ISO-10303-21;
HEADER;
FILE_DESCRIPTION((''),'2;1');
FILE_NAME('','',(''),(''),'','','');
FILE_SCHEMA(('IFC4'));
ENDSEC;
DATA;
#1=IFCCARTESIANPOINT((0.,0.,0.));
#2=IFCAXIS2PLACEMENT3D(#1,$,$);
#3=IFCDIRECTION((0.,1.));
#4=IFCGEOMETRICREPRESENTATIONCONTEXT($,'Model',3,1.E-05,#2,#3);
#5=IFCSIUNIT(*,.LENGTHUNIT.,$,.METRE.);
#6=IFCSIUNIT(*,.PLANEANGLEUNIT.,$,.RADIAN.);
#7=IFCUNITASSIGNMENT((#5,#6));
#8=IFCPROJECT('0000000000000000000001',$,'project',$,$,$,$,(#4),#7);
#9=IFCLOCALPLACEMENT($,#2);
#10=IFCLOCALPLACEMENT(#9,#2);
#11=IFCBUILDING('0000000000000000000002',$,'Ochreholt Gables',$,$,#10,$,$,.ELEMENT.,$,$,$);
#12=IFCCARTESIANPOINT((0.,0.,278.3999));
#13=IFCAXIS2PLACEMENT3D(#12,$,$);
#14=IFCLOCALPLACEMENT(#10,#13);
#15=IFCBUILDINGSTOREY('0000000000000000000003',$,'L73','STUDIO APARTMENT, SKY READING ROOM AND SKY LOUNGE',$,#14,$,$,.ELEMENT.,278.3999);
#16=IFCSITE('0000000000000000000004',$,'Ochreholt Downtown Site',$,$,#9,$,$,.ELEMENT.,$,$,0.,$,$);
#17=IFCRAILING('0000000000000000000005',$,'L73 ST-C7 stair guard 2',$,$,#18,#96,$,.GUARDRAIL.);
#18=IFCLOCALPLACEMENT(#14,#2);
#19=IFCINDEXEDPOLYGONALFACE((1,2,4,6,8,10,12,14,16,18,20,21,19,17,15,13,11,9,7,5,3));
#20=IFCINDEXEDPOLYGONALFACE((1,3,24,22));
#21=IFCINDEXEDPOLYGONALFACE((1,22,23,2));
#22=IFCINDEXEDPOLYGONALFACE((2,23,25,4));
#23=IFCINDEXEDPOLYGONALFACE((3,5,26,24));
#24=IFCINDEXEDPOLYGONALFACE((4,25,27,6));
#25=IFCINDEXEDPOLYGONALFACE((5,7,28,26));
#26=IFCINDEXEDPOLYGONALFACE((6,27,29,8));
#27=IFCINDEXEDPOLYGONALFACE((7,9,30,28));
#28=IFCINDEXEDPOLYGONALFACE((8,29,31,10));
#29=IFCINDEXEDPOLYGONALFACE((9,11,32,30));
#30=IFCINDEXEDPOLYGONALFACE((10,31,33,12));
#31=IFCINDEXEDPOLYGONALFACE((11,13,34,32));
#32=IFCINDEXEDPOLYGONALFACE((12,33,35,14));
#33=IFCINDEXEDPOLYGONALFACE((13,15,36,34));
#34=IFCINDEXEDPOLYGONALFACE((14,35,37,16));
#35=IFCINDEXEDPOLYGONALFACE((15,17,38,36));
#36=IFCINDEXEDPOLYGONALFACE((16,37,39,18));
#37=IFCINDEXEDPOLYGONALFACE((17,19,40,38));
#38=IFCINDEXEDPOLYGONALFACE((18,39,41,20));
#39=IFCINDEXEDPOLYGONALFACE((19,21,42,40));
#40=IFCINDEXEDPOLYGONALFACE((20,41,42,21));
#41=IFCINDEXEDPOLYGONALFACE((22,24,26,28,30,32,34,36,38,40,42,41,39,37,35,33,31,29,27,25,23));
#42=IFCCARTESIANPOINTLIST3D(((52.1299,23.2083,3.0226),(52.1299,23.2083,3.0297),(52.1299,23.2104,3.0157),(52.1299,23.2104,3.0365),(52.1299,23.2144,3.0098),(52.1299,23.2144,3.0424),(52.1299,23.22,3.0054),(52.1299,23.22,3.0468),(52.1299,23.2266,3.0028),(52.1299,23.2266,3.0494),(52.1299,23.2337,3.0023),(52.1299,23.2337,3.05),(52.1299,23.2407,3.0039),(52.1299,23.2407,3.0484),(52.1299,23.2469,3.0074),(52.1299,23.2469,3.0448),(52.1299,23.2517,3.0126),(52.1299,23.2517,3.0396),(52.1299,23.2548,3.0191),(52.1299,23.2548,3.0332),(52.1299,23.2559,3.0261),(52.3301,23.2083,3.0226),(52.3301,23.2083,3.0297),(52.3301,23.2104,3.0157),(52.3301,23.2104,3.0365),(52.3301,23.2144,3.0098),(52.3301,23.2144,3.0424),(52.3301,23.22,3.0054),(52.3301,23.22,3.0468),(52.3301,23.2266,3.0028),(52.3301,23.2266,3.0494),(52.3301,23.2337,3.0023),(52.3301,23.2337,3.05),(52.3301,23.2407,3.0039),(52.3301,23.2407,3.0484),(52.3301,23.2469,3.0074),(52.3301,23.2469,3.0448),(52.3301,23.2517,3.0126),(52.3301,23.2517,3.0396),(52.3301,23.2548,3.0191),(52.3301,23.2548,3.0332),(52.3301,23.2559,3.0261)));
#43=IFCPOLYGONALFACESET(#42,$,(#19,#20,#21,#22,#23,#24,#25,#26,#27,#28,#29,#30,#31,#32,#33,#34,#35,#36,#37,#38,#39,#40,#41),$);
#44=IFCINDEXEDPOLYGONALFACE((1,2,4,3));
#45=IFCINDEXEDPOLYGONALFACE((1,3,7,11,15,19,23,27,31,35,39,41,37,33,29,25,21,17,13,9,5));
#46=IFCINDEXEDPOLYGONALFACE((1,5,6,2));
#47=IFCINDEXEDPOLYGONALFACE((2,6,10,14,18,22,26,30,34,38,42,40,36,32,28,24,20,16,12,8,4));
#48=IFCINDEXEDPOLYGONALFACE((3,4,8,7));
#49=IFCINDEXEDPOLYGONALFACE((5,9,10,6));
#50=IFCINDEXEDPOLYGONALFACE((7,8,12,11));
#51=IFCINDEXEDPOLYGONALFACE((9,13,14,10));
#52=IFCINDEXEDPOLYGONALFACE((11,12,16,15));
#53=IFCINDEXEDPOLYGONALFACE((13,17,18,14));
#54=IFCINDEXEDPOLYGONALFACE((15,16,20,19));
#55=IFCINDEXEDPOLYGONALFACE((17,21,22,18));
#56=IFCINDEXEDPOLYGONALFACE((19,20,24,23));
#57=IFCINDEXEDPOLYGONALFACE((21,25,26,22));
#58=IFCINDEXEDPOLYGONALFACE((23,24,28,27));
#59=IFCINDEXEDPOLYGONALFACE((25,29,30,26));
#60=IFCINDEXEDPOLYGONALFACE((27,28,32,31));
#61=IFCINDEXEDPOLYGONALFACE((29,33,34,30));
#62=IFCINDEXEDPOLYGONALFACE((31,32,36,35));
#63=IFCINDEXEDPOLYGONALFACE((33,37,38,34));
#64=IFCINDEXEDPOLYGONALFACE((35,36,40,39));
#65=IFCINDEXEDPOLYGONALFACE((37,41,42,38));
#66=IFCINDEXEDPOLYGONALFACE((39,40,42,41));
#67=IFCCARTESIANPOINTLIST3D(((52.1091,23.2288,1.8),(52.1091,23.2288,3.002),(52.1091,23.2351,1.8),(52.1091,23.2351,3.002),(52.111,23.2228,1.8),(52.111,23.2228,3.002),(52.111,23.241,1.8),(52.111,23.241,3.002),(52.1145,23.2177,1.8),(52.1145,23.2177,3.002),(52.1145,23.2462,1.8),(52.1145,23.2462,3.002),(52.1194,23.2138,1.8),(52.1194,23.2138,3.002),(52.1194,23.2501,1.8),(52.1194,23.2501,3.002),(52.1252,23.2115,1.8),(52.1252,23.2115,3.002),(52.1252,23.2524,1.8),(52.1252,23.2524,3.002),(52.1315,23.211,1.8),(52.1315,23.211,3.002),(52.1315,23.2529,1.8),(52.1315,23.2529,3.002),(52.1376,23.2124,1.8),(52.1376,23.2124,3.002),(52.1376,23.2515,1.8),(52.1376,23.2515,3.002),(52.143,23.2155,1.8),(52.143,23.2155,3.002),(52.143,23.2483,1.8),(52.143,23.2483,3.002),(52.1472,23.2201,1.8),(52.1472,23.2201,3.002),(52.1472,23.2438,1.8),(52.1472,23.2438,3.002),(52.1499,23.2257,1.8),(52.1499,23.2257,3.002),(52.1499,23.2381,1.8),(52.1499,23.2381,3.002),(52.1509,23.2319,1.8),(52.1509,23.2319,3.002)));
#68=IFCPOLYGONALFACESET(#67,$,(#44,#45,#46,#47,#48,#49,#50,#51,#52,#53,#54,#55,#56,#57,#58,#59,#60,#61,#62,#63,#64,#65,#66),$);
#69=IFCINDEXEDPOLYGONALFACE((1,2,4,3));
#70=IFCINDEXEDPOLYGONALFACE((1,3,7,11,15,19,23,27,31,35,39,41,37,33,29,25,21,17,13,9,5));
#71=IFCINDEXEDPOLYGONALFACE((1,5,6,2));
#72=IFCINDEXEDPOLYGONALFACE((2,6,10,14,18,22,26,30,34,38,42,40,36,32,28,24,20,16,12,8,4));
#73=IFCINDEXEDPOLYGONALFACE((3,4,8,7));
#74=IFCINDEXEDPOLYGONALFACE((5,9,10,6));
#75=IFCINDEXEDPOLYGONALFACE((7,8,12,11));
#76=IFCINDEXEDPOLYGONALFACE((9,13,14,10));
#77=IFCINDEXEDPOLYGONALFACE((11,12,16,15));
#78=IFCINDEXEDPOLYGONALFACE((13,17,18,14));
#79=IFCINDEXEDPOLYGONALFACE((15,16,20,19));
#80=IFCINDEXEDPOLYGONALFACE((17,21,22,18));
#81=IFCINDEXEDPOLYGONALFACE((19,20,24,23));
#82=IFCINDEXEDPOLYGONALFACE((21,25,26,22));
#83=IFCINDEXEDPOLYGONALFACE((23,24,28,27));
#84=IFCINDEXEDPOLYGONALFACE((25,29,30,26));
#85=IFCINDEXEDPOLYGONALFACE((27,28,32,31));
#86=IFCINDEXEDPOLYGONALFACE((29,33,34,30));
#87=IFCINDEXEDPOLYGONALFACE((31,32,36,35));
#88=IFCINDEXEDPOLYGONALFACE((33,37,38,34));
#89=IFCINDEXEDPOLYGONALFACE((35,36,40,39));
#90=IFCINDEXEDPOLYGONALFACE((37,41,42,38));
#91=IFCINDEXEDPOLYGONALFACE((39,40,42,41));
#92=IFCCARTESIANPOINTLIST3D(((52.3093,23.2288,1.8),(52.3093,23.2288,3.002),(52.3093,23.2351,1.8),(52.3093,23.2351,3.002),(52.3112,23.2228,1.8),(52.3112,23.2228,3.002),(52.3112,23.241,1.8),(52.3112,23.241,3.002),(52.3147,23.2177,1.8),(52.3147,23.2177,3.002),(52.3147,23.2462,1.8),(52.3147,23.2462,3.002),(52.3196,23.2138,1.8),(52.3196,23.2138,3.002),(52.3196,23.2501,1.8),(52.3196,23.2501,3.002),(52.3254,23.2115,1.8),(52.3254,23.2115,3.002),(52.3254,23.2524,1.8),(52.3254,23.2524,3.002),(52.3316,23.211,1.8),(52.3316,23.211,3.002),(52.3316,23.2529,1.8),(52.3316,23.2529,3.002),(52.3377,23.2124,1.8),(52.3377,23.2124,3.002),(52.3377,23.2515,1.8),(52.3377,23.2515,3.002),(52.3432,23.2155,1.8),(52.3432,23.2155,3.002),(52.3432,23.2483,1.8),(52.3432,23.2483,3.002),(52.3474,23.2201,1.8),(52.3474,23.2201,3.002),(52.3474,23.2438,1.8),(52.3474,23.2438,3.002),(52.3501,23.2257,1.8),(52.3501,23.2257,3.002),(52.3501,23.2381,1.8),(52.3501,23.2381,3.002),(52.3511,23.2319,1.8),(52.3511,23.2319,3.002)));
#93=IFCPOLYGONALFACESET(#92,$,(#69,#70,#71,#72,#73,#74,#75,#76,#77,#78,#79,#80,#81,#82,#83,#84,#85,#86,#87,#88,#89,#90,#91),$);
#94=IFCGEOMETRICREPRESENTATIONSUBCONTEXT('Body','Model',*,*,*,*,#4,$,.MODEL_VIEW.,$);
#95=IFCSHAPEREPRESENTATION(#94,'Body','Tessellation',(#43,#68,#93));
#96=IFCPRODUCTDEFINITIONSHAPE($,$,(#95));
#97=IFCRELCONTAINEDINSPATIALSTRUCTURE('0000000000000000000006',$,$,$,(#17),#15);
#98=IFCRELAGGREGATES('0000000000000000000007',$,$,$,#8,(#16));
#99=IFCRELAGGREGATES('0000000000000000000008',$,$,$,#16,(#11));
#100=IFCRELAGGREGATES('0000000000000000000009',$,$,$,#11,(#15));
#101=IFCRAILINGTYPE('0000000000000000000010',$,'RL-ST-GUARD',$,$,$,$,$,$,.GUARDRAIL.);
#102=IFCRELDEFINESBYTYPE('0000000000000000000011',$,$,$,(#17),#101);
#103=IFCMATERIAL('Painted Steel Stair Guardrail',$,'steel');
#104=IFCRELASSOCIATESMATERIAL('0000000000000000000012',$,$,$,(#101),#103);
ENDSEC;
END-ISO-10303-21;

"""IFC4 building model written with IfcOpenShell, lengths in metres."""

from ifc_helpers import new_model, si_unit, direction, frame, origin, origin_2d, place, context, subcontext, project, spatial, circle, extrude, material, type_object, element, save


model = new_model("IFC4")

# Units and contexts
model_context = context("Model", 3, precision=1e-05, world=origin(), true_north=direction((0.0, 1.0)))
body_context = subcontext(model_context, "Body", "Model", "MODEL_VIEW")
ifc_project = project(units=[si_unit("LENGTHUNIT", "METRE"), si_unit("PLANEANGLEUNIT", "RADIAN")], contexts=[model_context])

# Site, building, storey
site_placement = place(None, origin())
site = spatial("IfcSite", under=ifc_project, at=site_placement, Name="Ochreholt Downtown Site", CompositionType="ELEMENT", RefElevation=0.0)
building_placement = place(site_placement, origin())
building = spatial("IfcBuilding", under=site, at=building_placement, Name="Ochreholt Gables", CompositionType="ELEMENT")
storey_placement = place(building_placement, frame((0.0, 0.0, 278.3999)))
storey = spatial("IfcBuildingStorey", under=building, at=storey_placement, Name="L73", Description="STUDIO APARTMENT, SKY READING ROOM AND SKY LOUNGE", CompositionType="ELEMENT", Elevation=278.3999)

# Railing
ifc_material_1 = material(Name="Painted Steel Stair Guardrail", Category="steel")
railing_type = type_object("IfcRailingType", Name="RL-ST-GUARD", PredefinedType="GUARDRAIL", material=ifc_material_1)
railing_placement = place(storey_placement, frame((52.1299, 23.2319, 1.8)))
element("IfcRailing", 1, at=railing_placement, inside=storey, type_object=railing_type, Name="L73 ST-C7 stair guard 2", PredefinedType="GUARDRAIL", context=body_context, shape_type="SweptSolid", body=[
    extrude(circle(Radius=0.0239, at=origin_2d()), frame((0.0, 0.0, 1.2261), z_axis=(1.0, 0.0, 0.0), x_axis=(0.0, 1.0, 0.0)), (0.0, 0.0, 1.0), 0.2002),
    extrude(circle(Radius=0.021, at=origin_2d()), origin(), (0.0, 0.0, 1.0), 1.2019),
    extrude(circle(Radius=0.021, at=origin_2d()), frame((0.2002, 0.0, 0.0)), (0.0, 0.0, 1.0), 1.2019),
])

save(model, "model.ifc")
